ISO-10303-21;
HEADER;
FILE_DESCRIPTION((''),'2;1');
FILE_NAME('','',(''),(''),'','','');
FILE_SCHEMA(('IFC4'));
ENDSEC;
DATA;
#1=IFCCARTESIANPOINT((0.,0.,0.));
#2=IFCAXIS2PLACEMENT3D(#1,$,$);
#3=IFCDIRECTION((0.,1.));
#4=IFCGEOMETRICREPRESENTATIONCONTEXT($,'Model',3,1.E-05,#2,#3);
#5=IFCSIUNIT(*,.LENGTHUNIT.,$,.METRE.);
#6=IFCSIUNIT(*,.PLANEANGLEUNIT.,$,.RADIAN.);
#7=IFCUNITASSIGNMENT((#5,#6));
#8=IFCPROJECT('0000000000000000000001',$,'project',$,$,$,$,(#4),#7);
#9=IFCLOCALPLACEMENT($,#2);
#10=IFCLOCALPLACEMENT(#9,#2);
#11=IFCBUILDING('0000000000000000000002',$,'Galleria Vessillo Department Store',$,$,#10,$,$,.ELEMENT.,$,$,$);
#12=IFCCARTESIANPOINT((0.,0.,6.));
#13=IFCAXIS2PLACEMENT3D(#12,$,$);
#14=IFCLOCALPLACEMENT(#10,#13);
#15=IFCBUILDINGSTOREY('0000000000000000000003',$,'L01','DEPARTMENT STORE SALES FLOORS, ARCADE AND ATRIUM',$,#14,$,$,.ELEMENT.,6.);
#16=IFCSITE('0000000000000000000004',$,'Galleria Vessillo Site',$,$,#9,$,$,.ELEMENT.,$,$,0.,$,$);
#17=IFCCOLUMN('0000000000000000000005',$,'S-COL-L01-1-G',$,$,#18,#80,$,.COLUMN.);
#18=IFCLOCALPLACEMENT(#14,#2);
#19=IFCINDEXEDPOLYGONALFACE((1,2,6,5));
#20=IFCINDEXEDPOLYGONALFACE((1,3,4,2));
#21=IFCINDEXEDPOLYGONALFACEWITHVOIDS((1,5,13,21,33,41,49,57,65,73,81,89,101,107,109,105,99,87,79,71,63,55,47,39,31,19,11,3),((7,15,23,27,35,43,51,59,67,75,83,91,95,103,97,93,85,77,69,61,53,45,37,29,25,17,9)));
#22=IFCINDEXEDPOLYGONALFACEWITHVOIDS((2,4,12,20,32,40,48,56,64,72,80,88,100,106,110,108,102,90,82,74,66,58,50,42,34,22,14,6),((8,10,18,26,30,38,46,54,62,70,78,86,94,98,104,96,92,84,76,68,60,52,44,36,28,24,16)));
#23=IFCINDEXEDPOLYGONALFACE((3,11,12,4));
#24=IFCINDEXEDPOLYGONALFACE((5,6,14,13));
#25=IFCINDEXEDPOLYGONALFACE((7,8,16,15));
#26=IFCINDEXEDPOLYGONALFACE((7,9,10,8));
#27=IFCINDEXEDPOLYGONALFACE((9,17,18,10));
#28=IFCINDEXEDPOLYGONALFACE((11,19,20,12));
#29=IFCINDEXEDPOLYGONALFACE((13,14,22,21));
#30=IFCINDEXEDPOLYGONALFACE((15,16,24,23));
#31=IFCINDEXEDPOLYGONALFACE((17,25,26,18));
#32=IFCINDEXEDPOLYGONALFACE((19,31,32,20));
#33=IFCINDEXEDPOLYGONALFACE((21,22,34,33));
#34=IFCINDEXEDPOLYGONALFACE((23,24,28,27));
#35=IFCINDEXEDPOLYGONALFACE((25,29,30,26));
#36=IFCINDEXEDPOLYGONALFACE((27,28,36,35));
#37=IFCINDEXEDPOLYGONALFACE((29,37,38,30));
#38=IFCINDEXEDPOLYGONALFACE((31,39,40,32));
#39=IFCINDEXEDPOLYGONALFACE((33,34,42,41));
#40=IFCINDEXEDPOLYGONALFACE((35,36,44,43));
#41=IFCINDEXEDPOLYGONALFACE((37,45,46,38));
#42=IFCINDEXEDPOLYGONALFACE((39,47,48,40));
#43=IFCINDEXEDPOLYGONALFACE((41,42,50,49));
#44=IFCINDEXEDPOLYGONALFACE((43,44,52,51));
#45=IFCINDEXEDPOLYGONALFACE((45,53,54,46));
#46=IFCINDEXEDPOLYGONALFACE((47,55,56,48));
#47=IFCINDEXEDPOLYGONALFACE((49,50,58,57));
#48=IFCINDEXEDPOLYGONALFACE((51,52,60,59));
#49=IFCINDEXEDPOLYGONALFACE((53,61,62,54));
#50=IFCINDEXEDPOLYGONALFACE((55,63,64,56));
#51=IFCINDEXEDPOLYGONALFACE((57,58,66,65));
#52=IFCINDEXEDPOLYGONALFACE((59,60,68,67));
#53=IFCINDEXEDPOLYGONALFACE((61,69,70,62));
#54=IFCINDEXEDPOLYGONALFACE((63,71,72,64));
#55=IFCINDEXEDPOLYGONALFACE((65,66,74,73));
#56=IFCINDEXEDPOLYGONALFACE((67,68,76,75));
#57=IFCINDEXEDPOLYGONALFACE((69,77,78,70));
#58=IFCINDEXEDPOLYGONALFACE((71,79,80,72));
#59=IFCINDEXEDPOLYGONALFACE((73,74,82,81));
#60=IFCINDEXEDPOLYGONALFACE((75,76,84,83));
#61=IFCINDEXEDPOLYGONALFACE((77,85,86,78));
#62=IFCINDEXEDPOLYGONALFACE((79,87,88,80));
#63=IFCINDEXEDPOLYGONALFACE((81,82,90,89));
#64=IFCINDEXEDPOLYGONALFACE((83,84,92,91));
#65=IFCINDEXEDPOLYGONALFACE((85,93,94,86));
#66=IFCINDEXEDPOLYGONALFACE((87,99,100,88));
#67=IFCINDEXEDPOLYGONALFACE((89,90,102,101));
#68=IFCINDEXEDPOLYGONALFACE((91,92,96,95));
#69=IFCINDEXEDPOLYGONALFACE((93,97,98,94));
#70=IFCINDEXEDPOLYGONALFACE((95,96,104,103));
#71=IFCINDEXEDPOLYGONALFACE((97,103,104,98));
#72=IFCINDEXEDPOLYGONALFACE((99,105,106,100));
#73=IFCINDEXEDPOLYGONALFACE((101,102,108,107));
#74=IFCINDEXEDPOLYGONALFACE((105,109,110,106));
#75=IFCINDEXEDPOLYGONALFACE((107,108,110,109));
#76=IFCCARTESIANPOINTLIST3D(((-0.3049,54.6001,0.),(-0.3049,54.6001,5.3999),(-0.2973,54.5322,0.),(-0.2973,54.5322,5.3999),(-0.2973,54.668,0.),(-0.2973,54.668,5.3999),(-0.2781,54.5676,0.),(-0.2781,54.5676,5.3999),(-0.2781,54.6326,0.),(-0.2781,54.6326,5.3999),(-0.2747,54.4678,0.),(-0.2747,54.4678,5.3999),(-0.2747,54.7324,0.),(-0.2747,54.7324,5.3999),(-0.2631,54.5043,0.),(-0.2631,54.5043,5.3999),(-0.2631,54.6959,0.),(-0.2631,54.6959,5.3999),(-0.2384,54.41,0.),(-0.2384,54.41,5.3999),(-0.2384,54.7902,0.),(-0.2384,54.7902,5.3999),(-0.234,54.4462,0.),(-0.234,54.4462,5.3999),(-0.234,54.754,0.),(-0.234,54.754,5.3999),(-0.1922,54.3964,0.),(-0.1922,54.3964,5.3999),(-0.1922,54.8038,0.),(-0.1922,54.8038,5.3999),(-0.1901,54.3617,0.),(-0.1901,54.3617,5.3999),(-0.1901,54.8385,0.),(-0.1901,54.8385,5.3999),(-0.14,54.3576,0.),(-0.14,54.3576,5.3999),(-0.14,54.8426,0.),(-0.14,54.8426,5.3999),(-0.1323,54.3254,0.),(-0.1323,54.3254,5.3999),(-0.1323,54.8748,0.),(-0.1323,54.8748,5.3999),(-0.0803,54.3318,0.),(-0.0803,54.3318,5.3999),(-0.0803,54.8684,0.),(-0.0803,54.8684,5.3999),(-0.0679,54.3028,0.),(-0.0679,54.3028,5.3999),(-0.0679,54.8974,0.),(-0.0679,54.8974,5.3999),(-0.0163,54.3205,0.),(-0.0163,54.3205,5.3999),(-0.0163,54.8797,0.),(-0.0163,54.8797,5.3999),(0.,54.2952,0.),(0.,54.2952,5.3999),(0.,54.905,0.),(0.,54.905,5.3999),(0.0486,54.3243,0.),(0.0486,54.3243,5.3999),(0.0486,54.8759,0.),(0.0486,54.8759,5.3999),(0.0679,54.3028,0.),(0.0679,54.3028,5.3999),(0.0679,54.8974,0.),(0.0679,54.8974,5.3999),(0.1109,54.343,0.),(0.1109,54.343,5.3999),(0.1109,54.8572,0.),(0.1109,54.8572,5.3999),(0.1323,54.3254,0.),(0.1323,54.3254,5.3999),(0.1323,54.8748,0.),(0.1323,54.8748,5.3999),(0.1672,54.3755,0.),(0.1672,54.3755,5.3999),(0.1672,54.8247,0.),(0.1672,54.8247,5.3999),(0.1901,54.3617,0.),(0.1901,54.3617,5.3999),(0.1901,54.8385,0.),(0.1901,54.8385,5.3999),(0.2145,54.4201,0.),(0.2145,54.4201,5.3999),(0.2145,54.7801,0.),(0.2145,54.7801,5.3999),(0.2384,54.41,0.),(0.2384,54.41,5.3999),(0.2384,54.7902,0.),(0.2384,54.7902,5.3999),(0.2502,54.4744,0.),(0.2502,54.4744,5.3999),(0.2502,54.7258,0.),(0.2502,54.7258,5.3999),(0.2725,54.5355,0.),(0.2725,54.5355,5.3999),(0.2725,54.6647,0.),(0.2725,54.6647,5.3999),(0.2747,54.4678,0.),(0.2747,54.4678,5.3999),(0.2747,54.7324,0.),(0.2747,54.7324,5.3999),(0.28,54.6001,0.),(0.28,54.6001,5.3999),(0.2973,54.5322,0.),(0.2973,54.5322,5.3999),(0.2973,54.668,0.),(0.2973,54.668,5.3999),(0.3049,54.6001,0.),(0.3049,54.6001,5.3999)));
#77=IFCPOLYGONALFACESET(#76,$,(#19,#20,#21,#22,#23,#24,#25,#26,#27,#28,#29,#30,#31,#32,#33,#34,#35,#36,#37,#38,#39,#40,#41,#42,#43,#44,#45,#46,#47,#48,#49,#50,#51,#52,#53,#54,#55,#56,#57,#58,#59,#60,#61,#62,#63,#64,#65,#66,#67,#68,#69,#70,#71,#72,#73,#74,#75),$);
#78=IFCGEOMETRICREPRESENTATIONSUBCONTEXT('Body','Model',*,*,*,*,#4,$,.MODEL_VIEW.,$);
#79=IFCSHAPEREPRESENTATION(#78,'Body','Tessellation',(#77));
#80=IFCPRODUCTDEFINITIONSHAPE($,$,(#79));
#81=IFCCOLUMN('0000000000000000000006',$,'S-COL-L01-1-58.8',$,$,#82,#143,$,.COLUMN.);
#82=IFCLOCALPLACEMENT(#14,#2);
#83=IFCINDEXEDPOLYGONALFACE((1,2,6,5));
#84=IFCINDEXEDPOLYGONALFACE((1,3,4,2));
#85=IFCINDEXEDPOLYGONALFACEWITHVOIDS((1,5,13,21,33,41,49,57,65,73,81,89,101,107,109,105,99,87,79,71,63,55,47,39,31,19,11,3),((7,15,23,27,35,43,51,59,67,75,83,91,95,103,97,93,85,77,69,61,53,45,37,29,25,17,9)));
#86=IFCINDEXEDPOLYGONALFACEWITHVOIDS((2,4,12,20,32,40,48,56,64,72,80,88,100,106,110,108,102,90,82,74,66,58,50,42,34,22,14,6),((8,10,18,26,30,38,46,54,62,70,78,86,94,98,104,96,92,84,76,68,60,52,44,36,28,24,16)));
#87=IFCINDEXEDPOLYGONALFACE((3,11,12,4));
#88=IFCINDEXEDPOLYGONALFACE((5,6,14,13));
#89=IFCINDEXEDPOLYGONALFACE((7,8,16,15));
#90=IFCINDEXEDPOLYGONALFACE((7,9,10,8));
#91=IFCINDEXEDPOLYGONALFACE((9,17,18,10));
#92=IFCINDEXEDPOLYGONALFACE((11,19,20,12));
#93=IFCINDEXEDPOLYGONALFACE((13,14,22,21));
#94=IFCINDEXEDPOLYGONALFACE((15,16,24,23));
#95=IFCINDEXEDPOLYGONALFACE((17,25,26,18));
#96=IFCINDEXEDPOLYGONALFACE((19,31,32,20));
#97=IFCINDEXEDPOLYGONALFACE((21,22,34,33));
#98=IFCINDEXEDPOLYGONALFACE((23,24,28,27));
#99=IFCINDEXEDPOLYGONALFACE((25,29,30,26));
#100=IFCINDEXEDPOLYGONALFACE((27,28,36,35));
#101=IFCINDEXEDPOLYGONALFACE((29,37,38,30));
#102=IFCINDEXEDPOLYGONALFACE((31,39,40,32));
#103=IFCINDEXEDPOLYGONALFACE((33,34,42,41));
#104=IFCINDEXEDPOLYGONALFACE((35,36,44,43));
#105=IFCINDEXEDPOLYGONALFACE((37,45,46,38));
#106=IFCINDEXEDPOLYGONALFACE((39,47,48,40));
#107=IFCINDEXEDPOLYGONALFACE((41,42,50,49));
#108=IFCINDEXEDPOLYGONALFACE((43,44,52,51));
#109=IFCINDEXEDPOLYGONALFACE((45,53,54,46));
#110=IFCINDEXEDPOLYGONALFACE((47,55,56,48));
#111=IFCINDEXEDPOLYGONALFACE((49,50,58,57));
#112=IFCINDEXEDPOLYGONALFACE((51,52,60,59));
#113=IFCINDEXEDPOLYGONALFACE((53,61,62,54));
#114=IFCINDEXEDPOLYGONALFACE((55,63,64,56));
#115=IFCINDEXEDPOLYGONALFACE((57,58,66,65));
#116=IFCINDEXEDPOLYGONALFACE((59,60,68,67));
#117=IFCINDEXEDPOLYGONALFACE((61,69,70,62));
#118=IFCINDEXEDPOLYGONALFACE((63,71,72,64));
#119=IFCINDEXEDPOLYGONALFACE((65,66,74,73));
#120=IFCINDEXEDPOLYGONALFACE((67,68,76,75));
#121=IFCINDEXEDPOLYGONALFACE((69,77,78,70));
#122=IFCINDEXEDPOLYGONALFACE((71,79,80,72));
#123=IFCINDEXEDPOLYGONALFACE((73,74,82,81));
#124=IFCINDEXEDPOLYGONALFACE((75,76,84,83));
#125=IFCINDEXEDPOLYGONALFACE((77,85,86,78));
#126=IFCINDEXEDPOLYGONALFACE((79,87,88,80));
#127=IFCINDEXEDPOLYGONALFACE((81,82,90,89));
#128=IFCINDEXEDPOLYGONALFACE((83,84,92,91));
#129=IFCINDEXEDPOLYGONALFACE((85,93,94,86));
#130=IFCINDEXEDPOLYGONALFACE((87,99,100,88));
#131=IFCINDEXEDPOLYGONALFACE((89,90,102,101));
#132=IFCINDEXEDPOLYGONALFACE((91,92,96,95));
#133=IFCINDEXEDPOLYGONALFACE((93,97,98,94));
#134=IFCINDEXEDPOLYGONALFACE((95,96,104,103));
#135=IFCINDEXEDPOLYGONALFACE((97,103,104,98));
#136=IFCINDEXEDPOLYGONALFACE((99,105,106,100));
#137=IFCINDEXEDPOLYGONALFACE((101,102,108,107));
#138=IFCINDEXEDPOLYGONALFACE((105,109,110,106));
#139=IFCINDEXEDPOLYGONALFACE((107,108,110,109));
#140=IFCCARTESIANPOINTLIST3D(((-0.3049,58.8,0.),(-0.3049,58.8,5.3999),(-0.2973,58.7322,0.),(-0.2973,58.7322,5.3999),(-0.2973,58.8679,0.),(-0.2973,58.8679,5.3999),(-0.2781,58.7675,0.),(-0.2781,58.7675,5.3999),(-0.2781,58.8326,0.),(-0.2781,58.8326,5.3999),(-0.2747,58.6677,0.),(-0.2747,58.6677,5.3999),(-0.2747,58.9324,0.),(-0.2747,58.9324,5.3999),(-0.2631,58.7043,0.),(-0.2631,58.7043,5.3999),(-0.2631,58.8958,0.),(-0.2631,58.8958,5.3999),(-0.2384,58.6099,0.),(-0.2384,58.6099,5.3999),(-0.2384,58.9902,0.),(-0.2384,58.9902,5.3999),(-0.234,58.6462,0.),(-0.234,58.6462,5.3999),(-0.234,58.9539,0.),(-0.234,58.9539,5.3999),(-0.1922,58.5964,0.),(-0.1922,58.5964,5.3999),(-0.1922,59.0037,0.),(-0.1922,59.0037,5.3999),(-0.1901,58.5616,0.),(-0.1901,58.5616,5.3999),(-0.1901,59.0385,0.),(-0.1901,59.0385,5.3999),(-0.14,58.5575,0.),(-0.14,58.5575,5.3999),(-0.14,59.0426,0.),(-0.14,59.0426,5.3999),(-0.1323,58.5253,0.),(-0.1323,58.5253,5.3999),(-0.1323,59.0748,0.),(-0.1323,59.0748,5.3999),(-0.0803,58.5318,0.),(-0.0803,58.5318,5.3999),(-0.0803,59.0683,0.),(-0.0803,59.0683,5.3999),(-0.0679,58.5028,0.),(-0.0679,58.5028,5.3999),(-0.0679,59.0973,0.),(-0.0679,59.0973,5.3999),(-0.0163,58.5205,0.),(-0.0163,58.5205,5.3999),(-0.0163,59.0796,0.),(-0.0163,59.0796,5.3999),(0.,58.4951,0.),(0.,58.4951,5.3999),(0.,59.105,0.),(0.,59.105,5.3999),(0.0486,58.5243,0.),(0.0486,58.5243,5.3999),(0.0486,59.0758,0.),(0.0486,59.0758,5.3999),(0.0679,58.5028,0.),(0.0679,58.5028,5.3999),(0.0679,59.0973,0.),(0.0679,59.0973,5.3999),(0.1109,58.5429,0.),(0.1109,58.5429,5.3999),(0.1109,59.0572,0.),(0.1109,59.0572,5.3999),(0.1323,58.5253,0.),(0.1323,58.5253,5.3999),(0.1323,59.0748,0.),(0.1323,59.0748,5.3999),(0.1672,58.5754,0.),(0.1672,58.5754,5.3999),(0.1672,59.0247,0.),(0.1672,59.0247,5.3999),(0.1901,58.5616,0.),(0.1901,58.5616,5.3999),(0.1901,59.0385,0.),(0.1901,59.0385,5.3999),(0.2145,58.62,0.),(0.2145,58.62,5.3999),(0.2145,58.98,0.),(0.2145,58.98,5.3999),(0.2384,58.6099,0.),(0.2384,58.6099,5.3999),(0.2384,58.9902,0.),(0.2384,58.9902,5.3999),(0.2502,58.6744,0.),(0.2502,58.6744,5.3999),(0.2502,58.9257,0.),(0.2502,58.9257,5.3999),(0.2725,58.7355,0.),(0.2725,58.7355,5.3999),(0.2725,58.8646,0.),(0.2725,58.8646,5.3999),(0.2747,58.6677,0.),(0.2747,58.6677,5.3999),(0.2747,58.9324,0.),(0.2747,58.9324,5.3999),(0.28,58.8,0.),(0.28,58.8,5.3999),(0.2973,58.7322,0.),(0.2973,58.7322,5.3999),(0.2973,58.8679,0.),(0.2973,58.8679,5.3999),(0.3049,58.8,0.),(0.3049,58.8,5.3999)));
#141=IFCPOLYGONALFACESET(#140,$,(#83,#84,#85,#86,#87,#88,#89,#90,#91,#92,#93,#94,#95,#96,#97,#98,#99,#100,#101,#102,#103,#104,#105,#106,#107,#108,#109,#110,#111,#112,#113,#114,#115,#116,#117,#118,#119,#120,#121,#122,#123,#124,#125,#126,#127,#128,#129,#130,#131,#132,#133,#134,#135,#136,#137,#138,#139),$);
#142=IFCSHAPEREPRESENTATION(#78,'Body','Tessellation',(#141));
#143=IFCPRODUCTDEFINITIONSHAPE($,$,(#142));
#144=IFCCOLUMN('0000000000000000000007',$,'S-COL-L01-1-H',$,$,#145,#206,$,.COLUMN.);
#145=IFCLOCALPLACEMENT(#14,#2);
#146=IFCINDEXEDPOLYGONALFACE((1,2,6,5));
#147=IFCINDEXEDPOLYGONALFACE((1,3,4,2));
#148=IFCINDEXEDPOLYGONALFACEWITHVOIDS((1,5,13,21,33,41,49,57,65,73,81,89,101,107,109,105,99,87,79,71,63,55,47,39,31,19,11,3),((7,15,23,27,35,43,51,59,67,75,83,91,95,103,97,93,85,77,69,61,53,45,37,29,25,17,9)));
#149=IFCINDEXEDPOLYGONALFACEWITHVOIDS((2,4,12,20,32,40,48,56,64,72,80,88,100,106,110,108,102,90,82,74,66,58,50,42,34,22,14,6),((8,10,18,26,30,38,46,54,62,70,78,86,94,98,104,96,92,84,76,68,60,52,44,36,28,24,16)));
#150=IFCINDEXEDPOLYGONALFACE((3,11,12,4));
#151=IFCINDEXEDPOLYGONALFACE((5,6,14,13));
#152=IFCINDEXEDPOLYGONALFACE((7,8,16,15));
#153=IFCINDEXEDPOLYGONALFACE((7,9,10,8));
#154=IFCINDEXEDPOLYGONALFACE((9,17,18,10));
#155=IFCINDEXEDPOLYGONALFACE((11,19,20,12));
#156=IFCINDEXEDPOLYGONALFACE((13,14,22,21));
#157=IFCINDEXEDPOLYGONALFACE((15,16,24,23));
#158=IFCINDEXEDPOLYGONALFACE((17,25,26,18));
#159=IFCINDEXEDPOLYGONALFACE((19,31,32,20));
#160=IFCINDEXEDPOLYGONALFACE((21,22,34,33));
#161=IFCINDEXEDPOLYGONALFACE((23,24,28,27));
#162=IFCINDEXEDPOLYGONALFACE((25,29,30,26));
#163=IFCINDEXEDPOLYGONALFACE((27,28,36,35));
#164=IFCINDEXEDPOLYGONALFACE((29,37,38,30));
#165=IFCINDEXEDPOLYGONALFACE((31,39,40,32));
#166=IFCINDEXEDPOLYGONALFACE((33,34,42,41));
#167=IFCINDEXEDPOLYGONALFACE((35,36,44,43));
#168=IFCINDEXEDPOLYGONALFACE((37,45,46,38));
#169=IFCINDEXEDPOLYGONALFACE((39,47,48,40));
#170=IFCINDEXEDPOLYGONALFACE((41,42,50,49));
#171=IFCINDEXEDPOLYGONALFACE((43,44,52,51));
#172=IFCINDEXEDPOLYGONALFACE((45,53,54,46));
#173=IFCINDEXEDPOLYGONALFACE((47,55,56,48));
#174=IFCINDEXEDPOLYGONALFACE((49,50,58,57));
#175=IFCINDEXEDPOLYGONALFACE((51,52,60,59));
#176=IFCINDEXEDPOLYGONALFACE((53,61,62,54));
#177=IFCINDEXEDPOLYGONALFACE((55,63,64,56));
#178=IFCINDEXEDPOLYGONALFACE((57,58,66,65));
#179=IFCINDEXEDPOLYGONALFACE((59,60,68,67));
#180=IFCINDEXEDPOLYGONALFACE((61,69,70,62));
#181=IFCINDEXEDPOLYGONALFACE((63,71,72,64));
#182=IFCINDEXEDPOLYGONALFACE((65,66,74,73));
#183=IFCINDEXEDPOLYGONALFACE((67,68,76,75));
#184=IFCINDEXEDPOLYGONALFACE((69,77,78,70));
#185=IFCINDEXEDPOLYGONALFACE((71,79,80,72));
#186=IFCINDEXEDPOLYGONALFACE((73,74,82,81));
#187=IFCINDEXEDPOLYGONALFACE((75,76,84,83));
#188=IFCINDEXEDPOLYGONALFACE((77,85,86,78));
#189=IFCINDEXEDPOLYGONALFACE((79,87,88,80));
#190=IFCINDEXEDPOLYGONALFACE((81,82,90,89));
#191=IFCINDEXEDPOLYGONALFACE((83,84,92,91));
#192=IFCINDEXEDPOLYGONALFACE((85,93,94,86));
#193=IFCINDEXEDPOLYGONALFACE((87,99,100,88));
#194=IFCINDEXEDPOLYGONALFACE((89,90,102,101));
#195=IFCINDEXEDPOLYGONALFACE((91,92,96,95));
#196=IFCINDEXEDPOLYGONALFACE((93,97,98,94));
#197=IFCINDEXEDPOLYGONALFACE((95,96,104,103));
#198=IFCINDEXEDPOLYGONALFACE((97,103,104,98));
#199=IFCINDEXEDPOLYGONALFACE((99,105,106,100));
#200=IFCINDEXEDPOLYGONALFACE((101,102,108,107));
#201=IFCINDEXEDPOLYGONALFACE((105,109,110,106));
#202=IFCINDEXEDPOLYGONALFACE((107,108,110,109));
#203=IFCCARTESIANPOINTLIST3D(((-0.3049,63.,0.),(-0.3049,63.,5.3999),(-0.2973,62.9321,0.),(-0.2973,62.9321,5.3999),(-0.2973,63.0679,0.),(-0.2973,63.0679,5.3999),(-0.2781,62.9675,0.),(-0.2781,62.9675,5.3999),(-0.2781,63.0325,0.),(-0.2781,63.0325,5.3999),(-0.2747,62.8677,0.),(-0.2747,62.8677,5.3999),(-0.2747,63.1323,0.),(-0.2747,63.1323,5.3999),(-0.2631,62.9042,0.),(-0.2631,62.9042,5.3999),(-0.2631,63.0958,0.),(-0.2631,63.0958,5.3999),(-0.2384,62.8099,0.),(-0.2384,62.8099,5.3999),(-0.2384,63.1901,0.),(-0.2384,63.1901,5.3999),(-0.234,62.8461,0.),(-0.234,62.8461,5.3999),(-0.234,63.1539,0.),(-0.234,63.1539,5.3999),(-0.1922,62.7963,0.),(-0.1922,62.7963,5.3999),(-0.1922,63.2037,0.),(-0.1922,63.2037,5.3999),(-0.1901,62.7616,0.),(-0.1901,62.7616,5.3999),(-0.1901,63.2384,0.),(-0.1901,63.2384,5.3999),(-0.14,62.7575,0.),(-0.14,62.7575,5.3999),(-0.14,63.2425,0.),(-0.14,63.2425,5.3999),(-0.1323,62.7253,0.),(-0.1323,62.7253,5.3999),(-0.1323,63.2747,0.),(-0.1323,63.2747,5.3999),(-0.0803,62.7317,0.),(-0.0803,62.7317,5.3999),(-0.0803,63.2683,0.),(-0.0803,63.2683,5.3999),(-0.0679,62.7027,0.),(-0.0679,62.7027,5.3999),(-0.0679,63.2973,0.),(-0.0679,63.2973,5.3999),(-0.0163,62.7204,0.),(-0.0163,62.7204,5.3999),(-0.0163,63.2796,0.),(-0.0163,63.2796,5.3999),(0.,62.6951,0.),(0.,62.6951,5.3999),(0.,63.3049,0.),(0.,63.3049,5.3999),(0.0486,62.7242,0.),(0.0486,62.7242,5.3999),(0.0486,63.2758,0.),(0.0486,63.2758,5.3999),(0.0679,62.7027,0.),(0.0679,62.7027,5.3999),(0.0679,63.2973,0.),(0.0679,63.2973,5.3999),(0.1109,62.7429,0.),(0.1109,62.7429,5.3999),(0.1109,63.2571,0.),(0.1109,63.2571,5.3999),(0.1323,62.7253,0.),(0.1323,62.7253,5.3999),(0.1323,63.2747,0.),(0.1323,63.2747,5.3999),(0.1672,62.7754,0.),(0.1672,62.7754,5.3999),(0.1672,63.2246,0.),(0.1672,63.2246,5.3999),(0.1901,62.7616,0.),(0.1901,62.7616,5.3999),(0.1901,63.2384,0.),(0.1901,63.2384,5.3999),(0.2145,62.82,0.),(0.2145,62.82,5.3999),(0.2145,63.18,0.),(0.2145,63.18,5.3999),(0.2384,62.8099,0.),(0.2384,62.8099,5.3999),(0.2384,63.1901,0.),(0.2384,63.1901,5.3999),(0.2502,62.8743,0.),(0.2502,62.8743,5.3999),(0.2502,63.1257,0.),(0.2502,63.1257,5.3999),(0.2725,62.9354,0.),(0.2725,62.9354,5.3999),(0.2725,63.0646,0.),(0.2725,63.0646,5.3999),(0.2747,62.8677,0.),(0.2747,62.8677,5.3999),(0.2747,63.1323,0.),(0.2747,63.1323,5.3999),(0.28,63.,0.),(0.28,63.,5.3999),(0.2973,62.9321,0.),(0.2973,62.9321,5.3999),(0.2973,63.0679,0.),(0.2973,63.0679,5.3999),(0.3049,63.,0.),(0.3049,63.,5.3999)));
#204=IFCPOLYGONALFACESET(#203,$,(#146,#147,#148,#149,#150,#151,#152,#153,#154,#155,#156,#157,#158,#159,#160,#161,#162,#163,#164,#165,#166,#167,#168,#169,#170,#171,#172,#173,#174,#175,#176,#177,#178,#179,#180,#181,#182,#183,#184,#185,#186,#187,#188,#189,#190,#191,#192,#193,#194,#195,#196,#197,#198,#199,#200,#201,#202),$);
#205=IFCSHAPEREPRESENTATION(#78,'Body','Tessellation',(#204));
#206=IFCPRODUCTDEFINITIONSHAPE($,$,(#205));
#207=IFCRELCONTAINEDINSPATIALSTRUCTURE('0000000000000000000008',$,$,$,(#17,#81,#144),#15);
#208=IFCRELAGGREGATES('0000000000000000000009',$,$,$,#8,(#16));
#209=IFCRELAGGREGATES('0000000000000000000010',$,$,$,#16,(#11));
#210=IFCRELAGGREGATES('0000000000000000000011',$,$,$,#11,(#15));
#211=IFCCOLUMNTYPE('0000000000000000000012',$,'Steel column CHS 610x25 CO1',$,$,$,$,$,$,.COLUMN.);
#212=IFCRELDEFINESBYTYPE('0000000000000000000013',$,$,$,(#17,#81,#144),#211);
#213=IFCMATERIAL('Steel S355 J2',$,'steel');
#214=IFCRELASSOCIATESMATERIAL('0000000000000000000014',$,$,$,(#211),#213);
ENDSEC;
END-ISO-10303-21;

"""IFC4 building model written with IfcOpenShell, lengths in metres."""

from ifc_helpers import new_model, si_unit, direction, frame, origin, origin_2d, place, context, subcontext, project, spatial, hollow_circle, extrude, material, material_profile, profile_set, type_object, element, save


model = new_model("IFC4")

# Units and contexts
model_context = context("Model", 3, precision=1e-05, world=origin(), true_north=direction((0.0, 1.0)))
body_context = subcontext(model_context, "Body", "Model", "MODEL_VIEW")
ifc_project = project(units=[si_unit("LENGTHUNIT", "METRE"), si_unit("PLANEANGLEUNIT", "RADIAN")], contexts=[model_context])

# Site, building, storey
site_placement = place(None, origin())
site = spatial("IfcSite", under=ifc_project, at=site_placement, Name="Galleria Vessillo Site", CompositionType="ELEMENT", RefElevation=0.0)
building_placement = place(site_placement, origin())
building = spatial("IfcBuilding", under=site, at=building_placement, Name="Galleria Vessillo Department Store", CompositionType="ELEMENT")
storey_placement = place(building_placement, frame((0.0, 0.0, 6.0)))
storey = spatial("IfcBuildingStorey", under=building, at=storey_placement, Name="L01", Description="DEPARTMENT STORE SALES FLOORS, ARCADE AND ATRIUM", CompositionType="ELEMENT", Elevation=6.0)

# Columns
ifc_material_1 = material(Name="Steel S355 J2", Category="steel")
ifc_material_profile_1 = material_profile(ifc_material_1, hollow_circle(Radius=0.3049, WallThickness=0.0249, at=origin_2d()), Name="CHS 610x25")
ifc_profile_set_1 = profile_set([ifc_material_profile_1], Name="Steel S355 J2")
column_type_1 = type_object("IfcColumnType", Name="Steel column CHS 610x25 CO1", PredefinedType="COLUMN", material=ifc_profile_set_1)
for number, where, z_axis, x_axis, name in (
    (1, (0.0, 54.6001, 0.0), (0.0, 0.0, 1.0), (1.0, 0.0, 0.0), "S-COL-L01-1-G"),
    (2, (0.0, 58.8, 0.0), (0.0, 0.0, 1.0), (1.0, 0.0, 0.0), "S-COL-L01-1-58.8"),
    (3, (0.0, 63.0, 0.0), (0.0, 0.0, 1.0), (1.0, 0.0, 0.0), "S-COL-L01-1-H"),
):
    element("IfcColumn", number, at=place(storey_placement, frame(where, z_axis=z_axis, x_axis=x_axis)), inside=storey, type_object=column_type_1, Name=name, PredefinedType="COLUMN", context=body_context, shape_type="SweptSolid", body=[
        extrude(hollow_circle(Radius=0.3049, WallThickness=0.0249, at=origin_2d()), origin(), (0.0, 0.0, 1.0), 5.3999),
    ])

save(model, "model.ifc")
